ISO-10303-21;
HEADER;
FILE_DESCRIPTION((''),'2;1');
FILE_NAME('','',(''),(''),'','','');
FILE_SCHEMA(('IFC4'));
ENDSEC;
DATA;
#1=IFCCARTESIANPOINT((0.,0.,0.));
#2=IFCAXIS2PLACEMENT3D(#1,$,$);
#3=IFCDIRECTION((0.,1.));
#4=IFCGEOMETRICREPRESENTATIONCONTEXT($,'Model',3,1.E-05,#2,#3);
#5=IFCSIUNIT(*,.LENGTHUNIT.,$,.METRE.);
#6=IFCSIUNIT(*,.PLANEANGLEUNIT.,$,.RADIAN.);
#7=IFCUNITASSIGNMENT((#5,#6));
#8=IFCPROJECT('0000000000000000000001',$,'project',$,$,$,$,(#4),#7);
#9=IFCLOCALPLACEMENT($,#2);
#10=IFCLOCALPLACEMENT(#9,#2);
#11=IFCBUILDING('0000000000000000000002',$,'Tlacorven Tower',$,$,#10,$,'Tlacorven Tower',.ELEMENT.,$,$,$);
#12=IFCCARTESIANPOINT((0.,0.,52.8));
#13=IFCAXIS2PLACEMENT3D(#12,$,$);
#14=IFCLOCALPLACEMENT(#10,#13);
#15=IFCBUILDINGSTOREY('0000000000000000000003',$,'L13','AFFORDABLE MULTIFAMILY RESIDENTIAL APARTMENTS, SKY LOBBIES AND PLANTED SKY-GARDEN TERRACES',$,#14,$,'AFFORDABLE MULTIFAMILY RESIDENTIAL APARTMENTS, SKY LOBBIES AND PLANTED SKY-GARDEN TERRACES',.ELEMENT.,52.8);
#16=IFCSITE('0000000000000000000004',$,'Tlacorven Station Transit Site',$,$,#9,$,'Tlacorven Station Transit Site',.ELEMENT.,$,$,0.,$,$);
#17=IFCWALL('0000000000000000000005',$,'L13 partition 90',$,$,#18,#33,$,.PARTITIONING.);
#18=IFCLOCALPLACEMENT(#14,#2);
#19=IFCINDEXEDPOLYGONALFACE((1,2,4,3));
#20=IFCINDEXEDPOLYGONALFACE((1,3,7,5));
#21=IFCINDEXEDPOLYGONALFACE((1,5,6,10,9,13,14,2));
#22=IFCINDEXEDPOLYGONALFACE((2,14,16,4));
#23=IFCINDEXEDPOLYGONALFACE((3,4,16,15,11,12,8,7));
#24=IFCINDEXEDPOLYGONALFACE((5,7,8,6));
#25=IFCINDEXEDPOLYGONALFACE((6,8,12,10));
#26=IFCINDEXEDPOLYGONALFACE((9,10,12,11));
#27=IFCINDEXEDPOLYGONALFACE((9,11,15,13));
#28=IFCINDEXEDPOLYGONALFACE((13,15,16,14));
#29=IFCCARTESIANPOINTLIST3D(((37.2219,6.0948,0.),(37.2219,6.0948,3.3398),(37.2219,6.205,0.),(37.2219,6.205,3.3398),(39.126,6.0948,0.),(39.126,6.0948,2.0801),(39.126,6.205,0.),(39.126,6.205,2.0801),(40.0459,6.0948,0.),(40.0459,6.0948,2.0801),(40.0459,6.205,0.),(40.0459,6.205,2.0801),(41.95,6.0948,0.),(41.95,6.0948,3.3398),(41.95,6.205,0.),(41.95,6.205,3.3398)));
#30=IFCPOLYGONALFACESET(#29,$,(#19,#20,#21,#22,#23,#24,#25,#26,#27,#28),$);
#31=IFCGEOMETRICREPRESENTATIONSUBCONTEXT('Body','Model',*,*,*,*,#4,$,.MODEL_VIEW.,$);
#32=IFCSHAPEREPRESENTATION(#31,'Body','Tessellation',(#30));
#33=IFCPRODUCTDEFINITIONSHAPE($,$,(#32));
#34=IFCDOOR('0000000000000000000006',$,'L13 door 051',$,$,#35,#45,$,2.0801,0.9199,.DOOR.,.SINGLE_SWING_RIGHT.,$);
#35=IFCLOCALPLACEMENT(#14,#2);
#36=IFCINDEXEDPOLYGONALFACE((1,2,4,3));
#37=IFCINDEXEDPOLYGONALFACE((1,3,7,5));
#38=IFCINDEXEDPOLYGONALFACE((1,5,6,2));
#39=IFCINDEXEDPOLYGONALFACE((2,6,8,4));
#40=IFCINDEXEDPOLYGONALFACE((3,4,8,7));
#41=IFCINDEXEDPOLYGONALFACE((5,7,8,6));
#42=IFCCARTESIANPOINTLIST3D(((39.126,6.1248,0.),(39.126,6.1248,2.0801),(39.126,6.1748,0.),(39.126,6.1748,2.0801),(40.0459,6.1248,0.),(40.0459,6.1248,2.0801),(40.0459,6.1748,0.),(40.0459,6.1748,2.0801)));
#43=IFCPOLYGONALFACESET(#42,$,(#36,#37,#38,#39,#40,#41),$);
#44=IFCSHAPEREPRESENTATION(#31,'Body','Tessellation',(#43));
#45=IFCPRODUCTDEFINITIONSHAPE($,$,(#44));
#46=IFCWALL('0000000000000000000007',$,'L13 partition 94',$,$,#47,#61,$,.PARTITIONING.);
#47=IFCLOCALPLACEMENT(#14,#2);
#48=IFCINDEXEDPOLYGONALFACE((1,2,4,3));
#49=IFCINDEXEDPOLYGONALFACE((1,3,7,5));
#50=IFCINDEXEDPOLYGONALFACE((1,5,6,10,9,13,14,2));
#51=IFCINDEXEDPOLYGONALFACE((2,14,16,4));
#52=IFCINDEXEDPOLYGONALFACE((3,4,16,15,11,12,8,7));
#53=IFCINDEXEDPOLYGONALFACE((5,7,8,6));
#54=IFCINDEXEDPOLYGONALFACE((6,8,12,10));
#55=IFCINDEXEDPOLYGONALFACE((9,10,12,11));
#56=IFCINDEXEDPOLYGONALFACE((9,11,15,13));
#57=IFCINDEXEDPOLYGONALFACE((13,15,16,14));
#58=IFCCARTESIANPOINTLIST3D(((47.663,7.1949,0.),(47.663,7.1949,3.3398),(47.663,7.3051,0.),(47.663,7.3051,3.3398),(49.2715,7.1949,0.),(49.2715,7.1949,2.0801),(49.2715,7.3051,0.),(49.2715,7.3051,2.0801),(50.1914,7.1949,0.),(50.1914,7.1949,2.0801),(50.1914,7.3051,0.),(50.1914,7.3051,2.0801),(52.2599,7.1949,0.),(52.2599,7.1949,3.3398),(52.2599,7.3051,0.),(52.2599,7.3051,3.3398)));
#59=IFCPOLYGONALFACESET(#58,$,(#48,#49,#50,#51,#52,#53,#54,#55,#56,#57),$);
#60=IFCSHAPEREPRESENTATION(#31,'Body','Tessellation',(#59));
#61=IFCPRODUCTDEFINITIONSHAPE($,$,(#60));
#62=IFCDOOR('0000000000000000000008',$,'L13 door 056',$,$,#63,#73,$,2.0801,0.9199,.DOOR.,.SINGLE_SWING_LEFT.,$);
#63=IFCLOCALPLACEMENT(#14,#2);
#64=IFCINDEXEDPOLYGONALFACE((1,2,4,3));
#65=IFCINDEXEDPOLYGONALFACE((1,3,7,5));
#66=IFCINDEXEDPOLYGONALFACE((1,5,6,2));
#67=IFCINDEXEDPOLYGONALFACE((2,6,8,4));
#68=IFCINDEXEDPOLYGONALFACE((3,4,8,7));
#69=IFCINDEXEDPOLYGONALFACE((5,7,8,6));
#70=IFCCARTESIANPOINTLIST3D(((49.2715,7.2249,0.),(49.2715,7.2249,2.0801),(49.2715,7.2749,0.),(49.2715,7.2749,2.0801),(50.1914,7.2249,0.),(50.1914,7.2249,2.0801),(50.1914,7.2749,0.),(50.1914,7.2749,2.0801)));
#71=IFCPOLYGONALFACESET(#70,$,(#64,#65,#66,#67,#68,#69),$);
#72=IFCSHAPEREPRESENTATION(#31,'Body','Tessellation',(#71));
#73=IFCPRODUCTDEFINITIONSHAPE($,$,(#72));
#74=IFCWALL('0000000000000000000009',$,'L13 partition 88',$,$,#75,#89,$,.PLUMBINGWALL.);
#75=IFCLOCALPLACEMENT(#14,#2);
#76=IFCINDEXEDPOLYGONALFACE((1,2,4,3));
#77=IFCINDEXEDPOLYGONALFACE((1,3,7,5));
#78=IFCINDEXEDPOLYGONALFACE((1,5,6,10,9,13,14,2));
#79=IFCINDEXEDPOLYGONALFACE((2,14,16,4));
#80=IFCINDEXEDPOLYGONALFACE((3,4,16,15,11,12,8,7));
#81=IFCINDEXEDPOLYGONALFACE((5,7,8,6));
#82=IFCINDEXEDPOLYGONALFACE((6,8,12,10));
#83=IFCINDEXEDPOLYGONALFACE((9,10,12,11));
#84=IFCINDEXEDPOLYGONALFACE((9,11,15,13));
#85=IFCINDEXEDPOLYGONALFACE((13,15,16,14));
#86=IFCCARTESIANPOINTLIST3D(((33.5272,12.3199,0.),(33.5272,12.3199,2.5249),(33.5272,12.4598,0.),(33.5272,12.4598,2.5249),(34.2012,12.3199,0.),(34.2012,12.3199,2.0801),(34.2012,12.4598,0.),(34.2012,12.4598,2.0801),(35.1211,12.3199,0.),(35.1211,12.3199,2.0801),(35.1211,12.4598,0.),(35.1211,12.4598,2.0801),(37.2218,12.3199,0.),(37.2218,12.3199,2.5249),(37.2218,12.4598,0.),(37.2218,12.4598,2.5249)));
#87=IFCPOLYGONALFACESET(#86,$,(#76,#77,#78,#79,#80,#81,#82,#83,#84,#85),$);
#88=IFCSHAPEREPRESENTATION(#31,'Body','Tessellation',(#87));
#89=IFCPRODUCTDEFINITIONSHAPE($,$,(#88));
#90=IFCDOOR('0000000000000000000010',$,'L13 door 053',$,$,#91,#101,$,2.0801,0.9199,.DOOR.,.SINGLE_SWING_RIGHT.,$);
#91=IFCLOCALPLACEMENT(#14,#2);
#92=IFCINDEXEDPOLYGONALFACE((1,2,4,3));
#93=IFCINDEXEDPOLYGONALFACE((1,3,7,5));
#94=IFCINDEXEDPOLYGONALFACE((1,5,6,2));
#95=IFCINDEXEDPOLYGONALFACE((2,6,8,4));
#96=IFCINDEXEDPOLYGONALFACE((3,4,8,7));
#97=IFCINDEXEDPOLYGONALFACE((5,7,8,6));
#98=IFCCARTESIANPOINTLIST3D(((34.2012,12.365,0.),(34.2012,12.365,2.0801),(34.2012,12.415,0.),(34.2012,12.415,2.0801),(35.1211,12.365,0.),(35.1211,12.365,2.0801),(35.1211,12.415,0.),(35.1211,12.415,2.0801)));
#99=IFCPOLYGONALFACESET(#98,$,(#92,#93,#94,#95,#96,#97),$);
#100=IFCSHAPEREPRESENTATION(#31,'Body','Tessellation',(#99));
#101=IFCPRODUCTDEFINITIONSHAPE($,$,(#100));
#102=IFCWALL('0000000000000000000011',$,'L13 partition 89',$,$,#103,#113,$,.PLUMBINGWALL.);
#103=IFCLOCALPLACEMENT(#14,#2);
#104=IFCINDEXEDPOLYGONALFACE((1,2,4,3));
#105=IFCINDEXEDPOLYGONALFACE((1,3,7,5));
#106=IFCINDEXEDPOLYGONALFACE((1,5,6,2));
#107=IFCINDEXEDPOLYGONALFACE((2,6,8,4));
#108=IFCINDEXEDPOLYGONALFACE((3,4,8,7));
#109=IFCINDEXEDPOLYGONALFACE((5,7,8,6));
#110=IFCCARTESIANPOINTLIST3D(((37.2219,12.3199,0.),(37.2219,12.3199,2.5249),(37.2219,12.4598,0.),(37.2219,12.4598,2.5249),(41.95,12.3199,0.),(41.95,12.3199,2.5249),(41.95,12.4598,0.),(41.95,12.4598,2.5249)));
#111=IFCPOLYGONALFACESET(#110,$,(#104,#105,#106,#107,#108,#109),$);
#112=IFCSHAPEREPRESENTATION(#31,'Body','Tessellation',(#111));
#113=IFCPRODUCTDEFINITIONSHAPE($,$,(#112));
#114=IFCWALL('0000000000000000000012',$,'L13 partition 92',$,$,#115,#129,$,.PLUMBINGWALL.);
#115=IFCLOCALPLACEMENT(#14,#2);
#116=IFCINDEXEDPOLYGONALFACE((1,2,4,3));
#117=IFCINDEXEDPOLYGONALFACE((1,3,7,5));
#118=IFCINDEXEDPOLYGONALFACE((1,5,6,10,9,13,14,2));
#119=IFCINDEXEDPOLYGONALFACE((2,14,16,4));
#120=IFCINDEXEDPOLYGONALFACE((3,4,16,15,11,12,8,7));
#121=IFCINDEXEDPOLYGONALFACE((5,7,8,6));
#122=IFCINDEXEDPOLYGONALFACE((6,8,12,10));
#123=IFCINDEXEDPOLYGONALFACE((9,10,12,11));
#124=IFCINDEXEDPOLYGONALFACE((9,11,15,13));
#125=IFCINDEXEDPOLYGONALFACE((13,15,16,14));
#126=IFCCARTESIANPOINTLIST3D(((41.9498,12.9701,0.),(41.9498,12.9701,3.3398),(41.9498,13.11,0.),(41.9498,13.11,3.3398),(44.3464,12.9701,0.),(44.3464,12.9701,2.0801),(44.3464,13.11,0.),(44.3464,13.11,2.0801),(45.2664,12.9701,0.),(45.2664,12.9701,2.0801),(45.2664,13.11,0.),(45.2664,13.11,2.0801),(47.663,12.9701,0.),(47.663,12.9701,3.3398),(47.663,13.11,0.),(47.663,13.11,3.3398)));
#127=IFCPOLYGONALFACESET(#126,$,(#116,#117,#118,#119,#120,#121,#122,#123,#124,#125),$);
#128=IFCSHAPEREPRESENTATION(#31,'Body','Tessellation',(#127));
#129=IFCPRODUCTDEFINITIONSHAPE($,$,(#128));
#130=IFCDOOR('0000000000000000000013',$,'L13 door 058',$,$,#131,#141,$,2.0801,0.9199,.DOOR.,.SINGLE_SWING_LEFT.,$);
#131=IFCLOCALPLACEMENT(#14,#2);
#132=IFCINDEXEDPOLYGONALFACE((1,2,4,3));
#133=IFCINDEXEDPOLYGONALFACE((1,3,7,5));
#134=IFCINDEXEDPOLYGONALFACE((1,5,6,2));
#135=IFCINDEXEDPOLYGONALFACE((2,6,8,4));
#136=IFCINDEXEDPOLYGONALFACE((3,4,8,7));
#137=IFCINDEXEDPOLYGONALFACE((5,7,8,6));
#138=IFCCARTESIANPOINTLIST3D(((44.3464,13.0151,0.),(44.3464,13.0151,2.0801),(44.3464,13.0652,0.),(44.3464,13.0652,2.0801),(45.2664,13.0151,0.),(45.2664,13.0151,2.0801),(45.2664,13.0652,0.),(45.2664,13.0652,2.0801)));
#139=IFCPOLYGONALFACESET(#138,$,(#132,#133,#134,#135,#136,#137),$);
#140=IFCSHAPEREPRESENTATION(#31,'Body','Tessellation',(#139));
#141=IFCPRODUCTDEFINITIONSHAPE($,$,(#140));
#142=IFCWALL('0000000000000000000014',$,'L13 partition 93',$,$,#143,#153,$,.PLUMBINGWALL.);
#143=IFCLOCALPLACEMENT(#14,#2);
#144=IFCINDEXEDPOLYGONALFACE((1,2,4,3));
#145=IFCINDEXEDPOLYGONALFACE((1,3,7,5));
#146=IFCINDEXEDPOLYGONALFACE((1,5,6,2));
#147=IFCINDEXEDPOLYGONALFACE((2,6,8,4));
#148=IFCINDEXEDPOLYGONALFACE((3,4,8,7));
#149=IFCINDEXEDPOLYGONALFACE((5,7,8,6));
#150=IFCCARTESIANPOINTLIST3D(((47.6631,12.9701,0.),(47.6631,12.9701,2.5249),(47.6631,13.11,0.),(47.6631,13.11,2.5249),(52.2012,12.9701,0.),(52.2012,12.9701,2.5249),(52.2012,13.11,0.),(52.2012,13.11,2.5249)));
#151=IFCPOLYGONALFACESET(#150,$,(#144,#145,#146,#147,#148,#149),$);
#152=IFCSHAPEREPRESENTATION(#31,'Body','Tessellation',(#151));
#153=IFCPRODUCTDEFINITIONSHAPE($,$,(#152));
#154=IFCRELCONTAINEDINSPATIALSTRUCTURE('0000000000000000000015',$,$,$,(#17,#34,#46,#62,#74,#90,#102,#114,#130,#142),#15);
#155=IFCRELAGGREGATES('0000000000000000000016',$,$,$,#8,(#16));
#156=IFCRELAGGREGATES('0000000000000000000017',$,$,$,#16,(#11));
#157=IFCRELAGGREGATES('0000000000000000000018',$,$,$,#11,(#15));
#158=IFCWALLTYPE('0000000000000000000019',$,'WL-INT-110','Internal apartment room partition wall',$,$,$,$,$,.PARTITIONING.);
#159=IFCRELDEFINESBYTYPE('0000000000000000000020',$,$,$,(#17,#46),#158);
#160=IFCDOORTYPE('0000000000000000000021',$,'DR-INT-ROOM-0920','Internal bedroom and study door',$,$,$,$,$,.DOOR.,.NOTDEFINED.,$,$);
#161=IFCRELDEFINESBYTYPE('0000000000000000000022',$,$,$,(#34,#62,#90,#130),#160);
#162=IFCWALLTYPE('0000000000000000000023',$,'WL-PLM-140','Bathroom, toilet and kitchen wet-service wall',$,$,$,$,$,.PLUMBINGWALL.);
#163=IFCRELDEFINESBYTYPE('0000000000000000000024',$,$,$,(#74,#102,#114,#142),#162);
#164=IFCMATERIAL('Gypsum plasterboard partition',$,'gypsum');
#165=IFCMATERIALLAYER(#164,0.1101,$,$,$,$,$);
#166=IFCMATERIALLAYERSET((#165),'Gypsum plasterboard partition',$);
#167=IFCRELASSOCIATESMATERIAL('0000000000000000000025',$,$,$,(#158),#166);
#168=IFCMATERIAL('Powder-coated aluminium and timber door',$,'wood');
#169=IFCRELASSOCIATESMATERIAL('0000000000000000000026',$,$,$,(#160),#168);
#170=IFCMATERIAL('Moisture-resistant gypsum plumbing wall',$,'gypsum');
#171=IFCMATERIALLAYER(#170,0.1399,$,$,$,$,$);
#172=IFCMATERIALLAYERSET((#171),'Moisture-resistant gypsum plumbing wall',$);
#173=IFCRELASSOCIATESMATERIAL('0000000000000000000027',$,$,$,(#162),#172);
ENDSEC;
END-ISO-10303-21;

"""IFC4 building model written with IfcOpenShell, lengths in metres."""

from ifc_helpers import new_model, si_unit, direction, frame, frame_2d, origin, place, context, subcontext, project, spatial, rectangle, extrude, source, transform, mapped, material, layer, layer_set, type_object, element, fill, save


model = new_model("IFC4")

# Units and contexts
model_context = context("Model", 3, precision=1e-05, world=origin(), true_north=direction((0.0, 1.0)))
body_context = subcontext(model_context, "Body", "Model", "MODEL_VIEW")
ifc_project = project(units=[si_unit("LENGTHUNIT", "METRE"), si_unit("PLANEANGLEUNIT", "RADIAN")], contexts=[model_context])

# Site, building, storey
site_placement = place(None, origin())
site = spatial("IfcSite", under=ifc_project, at=site_placement, Name="Tlacorven Station Transit Site", LongName="Tlacorven Station Transit Site", CompositionType="ELEMENT", RefElevation=0.0)
building_placement = place(site_placement, origin())
building = spatial("IfcBuilding", under=site, at=building_placement, Name="Tlacorven Tower", LongName="Tlacorven Tower", CompositionType="ELEMENT")
storey_placement = place(building_placement, frame((0.0, 0.0, 52.8)))
storey = spatial("IfcBuildingStorey", under=building, at=storey_placement, Name="L13", Description="AFFORDABLE MULTIFAMILY RESIDENTIAL APARTMENTS, SKY LOBBIES AND PLANTED SKY-GARDEN TERRACES", LongName="AFFORDABLE MULTIFAMILY RESIDENTIAL APARTMENTS, SKY LOBBIES AND PLANTED SKY-GARDEN TERRACES", CompositionType="ELEMENT", Elevation=52.8)

# Walls, openings, doors
ifc_material_1 = material(Name="Gypsum plasterboard partition", Category="gypsum")
ifc_layer_1 = layer(ifc_material_1, 0.1101)
ifc_layer_set_1 = layer_set([ifc_layer_1], Name="Gypsum plasterboard partition")
wall_type_1 = type_object("IfcWallType", Name="WL-INT-110", Description="Internal apartment room partition wall", PredefinedType="PARTITIONING", material=ifc_layer_set_1)
wall_1_placement = place(storey_placement, frame((37.2219, 6.1499, 0.0), z_axis=(0.0, 0.0, 1.0), x_axis=(1.0, 0.0, 0.0)))
wall_1 = element("IfcWall", 1, at=wall_1_placement, inside=storey, type_object=wall_type_1, Name="L13 partition 90", PredefinedType="PARTITIONING", context=body_context, shape_type="SweptSolid", body=[
    extrude(rectangle(XDim=4.728, YDim=0.1101, at=frame_2d((2.364, 0.0))), origin(), (0.0, 0.0, 1.0), 3.3398),
])
opening_1_placement = place(wall_1_placement, frame((1.9041, 0.0, 0.0)))
opening_1 = element("IfcOpeningElement", 2, at=opening_1_placement, cuts=wall_1, PredefinedType="OPENING", context=body_context, shape_type="SweptSolid", body=[
    extrude(rectangle(XDim=0.9199, YDim=2.0801, at=frame_2d((0.46, 1.04))), frame((0.0, 0.0649, 0.0), z_axis=(0.0, -1.0, 0.0), x_axis=(1.0, 0.0, 0.0)), (0.0, 0.0, 1.0), 0.1301),
])
ifc_material_2 = material(Name="Powder-coated aluminium and timber door", Category="wood")
door_type_1 = type_object("IfcDoorType", Name="DR-INT-ROOM-0920", Description="Internal bedroom and study door", OperationType="NOTDEFINED", PredefinedType="DOOR", material=ifc_material_2)
shared_shape_1 = source(origin(), body_context, "Body", "SweptSolid", [
    extrude(rectangle(XDim=0.9199, YDim=2.0801, at=frame_2d((0.46, 1.04))), frame((0.0, 0.0249, 0.0), z_axis=(0.0, -1.0, 0.0), x_axis=(1.0, 0.0, 0.0)), (0.0, 0.0, 1.0), 0.05),
])
door_1_placement = place(opening_1_placement, origin())
door_1 = element("IfcDoor", 3, at=door_1_placement, inside=storey, type_object=door_type_1, Name="L13 door 051", OperationType="SINGLE_SWING_RIGHT", OverallHeight=2.0801, OverallWidth=0.9199, PredefinedType="DOOR", context=body_context, shape_type="MappedRepresentation", body=[
    mapped(shared_shape_1, transform((0.0, 0.0, 0.0), scale=1.0)),
])
fill(opening_1, door_1)
wall_2_placement = place(storey_placement, frame((47.6631, 7.25, 0.0), z_axis=(0.0, 0.0, 1.0), x_axis=(1.0, 0.0, 0.0)))
wall_2 = element("IfcWall", 4, at=wall_2_placement, inside=storey, type_object=wall_type_1, Name="L13 partition 94", PredefinedType="PARTITIONING", context=body_context, shape_type="SweptSolid", body=[
    extrude(rectangle(XDim=4.5969, YDim=0.1101, at=frame_2d((2.2983, 0.0))), origin(), (0.0, 0.0, 1.0), 3.3398),
])
opening_2_placement = place(wall_2_placement, frame((1.6084, 0.0, 0.0)))
opening_2 = element("IfcOpeningElement", 5, at=opening_2_placement, cuts=wall_2, PredefinedType="OPENING", context=body_context, shape_type="SweptSolid", body=[
    extrude(rectangle(XDim=0.9199, YDim=2.0801, at=frame_2d((0.46, 1.04))), frame((0.0, 0.0649, 0.0), z_axis=(0.0, -1.0, 0.0), x_axis=(1.0, 0.0, 0.0)), (0.0, 0.0, 1.0), 0.1301),
])
door_2_placement = place(opening_2_placement, origin())
door_2 = element("IfcDoor", 6, at=door_2_placement, inside=storey, type_object=door_type_1, Name="L13 door 056", OperationType="SINGLE_SWING_LEFT", OverallHeight=2.0801, OverallWidth=0.9199, PredefinedType="DOOR", context=body_context, shape_type="MappedRepresentation", body=[
    mapped(shared_shape_1, transform((0.0, 0.0, 0.0), scale=1.0)),
])
fill(opening_2, door_2)
ifc_material_3 = material(Name="Moisture-resistant gypsum plumbing wall", Category="gypsum")
ifc_layer_2 = layer(ifc_material_3, 0.1399)
ifc_layer_set_2 = layer_set([ifc_layer_2], Name="Moisture-resistant gypsum plumbing wall")
wall_type_2 = type_object("IfcWallType", Name="WL-PLM-140", Description="Bathroom, toilet and kitchen wet-service wall", PredefinedType="PLUMBINGWALL", material=ifc_layer_set_2)
wall_3_placement = place(storey_placement, frame((33.5273, 12.3899, 0.0), z_axis=(0.0, 0.0, 1.0), x_axis=(1.0, 0.0, 0.0)))
wall_3 = element("IfcWall", 7, at=wall_3_placement, inside=storey, type_object=wall_type_2, Name="L13 partition 88", PredefinedType="PLUMBINGWALL", context=body_context, shape_type="SweptSolid", body=[
    extrude(rectangle(XDim=3.6946, YDim=0.1399, at=frame_2d((1.8472, 0.0))), origin(), (0.0, 0.0, 1.0), 2.5249),
])
opening_3_placement = place(wall_3_placement, frame((0.6738, 0.0, 0.0)))
opening_3 = element("IfcOpeningElement", 8, at=opening_3_placement, cuts=wall_3, PredefinedType="OPENING", context=body_context, shape_type="SweptSolid", body=[
    extrude(rectangle(XDim=0.9199, YDim=2.0801, at=frame_2d((0.46, 1.04))), frame((0.0, 0.0801, 0.0), z_axis=(0.0, -1.0, 0.0), x_axis=(1.0, 0.0, 0.0)), (0.0, 0.0, 1.0), 0.1599),
])
door_3_placement = place(opening_3_placement, frame((0.9199, 0.0, 0.0), z_axis=(0.0, 0.0, 1.0), x_axis=(-1.0, 0.0, 0.0)))
door_3 = element("IfcDoor", 9, at=door_3_placement, inside=storey, type_object=door_type_1, Name="L13 door 053", OperationType="SINGLE_SWING_RIGHT", OverallHeight=2.0801, OverallWidth=0.9199, PredefinedType="DOOR", context=body_context, shape_type="MappedRepresentation", body=[
    mapped(shared_shape_1, transform((0.0, 0.0, 0.0), scale=1.0)),
])
fill(opening_3, door_3)

# Wall
wall_4_placement = place(storey_placement, frame((37.2219, 12.3899, 0.0), z_axis=(0.0, 0.0, 1.0), x_axis=(1.0, 0.0, 0.0)))
element("IfcWall", 10, at=wall_4_placement, inside=storey, type_object=wall_type_2, Name="L13 partition 89", PredefinedType="PLUMBINGWALL", context=body_context, shape_type="SweptSolid", body=[
    extrude(rectangle(XDim=4.728, YDim=0.1399, at=frame_2d((2.364, 0.0))), origin(), (0.0, 0.0, 1.0), 2.5249),
])

# Wall, opening, door
wall_5_placement = place(storey_placement, frame((41.95, 13.04, 0.0), z_axis=(0.0, 0.0, 1.0), x_axis=(1.0, 0.0, 0.0)))
wall_5 = element("IfcWall", 11, at=wall_5_placement, inside=storey, type_object=wall_type_2, Name="L13 partition 92", PredefinedType="PLUMBINGWALL", context=body_context, shape_type="SweptSolid", body=[
    extrude(rectangle(XDim=5.7131, YDim=0.1399, at=frame_2d((2.8564, 0.0))), origin(), (0.0, 0.0, 1.0), 3.3398),
])
opening_4_placement = place(wall_5_placement, frame((2.3965, 0.0, 0.0)))
opening_4 = element("IfcOpeningElement", 12, at=opening_4_placement, cuts=wall_5, PredefinedType="OPENING", context=body_context, shape_type="SweptSolid", body=[
    extrude(rectangle(XDim=0.9199, YDim=2.0801, at=frame_2d((0.46, 1.04))), frame((0.0, 0.0801, 0.0), z_axis=(0.0, -1.0, 0.0), x_axis=(1.0, 0.0, 0.0)), (0.0, 0.0, 1.0), 0.1599),
])
door_4_placement = place(opening_4_placement, frame((0.9199, 0.0, 0.0), z_axis=(0.0, 0.0, 1.0), x_axis=(-1.0, 0.0, 0.0)))
door_4 = element("IfcDoor", 13, at=door_4_placement, inside=storey, type_object=door_type_1, Name="L13 door 058", OperationType="SINGLE_SWING_LEFT", OverallHeight=2.0801, OverallWidth=0.9199, PredefinedType="DOOR", context=body_context, shape_type="MappedRepresentation", body=[
    mapped(shared_shape_1, transform((0.0, 0.0, 0.0), scale=1.0)),
])
fill(opening_4, door_4)

# Wall
wall_6_placement = place(storey_placement, frame((47.6631, 13.04, 0.0), z_axis=(0.0, 0.0, 1.0), x_axis=(1.0, 0.0, 0.0)))
element("IfcWall", 14, at=wall_6_placement, inside=storey, type_object=wall_type_2, Name="L13 partition 93", PredefinedType="PLUMBINGWALL", context=body_context, shape_type="SweptSolid", body=[
    extrude(rectangle(XDim=4.5381, YDim=0.1399, at=frame_2d((2.269, 0.0))), origin(), (0.0, 0.0, 1.0), 2.5249),
])

save(model, "model.ifc")
